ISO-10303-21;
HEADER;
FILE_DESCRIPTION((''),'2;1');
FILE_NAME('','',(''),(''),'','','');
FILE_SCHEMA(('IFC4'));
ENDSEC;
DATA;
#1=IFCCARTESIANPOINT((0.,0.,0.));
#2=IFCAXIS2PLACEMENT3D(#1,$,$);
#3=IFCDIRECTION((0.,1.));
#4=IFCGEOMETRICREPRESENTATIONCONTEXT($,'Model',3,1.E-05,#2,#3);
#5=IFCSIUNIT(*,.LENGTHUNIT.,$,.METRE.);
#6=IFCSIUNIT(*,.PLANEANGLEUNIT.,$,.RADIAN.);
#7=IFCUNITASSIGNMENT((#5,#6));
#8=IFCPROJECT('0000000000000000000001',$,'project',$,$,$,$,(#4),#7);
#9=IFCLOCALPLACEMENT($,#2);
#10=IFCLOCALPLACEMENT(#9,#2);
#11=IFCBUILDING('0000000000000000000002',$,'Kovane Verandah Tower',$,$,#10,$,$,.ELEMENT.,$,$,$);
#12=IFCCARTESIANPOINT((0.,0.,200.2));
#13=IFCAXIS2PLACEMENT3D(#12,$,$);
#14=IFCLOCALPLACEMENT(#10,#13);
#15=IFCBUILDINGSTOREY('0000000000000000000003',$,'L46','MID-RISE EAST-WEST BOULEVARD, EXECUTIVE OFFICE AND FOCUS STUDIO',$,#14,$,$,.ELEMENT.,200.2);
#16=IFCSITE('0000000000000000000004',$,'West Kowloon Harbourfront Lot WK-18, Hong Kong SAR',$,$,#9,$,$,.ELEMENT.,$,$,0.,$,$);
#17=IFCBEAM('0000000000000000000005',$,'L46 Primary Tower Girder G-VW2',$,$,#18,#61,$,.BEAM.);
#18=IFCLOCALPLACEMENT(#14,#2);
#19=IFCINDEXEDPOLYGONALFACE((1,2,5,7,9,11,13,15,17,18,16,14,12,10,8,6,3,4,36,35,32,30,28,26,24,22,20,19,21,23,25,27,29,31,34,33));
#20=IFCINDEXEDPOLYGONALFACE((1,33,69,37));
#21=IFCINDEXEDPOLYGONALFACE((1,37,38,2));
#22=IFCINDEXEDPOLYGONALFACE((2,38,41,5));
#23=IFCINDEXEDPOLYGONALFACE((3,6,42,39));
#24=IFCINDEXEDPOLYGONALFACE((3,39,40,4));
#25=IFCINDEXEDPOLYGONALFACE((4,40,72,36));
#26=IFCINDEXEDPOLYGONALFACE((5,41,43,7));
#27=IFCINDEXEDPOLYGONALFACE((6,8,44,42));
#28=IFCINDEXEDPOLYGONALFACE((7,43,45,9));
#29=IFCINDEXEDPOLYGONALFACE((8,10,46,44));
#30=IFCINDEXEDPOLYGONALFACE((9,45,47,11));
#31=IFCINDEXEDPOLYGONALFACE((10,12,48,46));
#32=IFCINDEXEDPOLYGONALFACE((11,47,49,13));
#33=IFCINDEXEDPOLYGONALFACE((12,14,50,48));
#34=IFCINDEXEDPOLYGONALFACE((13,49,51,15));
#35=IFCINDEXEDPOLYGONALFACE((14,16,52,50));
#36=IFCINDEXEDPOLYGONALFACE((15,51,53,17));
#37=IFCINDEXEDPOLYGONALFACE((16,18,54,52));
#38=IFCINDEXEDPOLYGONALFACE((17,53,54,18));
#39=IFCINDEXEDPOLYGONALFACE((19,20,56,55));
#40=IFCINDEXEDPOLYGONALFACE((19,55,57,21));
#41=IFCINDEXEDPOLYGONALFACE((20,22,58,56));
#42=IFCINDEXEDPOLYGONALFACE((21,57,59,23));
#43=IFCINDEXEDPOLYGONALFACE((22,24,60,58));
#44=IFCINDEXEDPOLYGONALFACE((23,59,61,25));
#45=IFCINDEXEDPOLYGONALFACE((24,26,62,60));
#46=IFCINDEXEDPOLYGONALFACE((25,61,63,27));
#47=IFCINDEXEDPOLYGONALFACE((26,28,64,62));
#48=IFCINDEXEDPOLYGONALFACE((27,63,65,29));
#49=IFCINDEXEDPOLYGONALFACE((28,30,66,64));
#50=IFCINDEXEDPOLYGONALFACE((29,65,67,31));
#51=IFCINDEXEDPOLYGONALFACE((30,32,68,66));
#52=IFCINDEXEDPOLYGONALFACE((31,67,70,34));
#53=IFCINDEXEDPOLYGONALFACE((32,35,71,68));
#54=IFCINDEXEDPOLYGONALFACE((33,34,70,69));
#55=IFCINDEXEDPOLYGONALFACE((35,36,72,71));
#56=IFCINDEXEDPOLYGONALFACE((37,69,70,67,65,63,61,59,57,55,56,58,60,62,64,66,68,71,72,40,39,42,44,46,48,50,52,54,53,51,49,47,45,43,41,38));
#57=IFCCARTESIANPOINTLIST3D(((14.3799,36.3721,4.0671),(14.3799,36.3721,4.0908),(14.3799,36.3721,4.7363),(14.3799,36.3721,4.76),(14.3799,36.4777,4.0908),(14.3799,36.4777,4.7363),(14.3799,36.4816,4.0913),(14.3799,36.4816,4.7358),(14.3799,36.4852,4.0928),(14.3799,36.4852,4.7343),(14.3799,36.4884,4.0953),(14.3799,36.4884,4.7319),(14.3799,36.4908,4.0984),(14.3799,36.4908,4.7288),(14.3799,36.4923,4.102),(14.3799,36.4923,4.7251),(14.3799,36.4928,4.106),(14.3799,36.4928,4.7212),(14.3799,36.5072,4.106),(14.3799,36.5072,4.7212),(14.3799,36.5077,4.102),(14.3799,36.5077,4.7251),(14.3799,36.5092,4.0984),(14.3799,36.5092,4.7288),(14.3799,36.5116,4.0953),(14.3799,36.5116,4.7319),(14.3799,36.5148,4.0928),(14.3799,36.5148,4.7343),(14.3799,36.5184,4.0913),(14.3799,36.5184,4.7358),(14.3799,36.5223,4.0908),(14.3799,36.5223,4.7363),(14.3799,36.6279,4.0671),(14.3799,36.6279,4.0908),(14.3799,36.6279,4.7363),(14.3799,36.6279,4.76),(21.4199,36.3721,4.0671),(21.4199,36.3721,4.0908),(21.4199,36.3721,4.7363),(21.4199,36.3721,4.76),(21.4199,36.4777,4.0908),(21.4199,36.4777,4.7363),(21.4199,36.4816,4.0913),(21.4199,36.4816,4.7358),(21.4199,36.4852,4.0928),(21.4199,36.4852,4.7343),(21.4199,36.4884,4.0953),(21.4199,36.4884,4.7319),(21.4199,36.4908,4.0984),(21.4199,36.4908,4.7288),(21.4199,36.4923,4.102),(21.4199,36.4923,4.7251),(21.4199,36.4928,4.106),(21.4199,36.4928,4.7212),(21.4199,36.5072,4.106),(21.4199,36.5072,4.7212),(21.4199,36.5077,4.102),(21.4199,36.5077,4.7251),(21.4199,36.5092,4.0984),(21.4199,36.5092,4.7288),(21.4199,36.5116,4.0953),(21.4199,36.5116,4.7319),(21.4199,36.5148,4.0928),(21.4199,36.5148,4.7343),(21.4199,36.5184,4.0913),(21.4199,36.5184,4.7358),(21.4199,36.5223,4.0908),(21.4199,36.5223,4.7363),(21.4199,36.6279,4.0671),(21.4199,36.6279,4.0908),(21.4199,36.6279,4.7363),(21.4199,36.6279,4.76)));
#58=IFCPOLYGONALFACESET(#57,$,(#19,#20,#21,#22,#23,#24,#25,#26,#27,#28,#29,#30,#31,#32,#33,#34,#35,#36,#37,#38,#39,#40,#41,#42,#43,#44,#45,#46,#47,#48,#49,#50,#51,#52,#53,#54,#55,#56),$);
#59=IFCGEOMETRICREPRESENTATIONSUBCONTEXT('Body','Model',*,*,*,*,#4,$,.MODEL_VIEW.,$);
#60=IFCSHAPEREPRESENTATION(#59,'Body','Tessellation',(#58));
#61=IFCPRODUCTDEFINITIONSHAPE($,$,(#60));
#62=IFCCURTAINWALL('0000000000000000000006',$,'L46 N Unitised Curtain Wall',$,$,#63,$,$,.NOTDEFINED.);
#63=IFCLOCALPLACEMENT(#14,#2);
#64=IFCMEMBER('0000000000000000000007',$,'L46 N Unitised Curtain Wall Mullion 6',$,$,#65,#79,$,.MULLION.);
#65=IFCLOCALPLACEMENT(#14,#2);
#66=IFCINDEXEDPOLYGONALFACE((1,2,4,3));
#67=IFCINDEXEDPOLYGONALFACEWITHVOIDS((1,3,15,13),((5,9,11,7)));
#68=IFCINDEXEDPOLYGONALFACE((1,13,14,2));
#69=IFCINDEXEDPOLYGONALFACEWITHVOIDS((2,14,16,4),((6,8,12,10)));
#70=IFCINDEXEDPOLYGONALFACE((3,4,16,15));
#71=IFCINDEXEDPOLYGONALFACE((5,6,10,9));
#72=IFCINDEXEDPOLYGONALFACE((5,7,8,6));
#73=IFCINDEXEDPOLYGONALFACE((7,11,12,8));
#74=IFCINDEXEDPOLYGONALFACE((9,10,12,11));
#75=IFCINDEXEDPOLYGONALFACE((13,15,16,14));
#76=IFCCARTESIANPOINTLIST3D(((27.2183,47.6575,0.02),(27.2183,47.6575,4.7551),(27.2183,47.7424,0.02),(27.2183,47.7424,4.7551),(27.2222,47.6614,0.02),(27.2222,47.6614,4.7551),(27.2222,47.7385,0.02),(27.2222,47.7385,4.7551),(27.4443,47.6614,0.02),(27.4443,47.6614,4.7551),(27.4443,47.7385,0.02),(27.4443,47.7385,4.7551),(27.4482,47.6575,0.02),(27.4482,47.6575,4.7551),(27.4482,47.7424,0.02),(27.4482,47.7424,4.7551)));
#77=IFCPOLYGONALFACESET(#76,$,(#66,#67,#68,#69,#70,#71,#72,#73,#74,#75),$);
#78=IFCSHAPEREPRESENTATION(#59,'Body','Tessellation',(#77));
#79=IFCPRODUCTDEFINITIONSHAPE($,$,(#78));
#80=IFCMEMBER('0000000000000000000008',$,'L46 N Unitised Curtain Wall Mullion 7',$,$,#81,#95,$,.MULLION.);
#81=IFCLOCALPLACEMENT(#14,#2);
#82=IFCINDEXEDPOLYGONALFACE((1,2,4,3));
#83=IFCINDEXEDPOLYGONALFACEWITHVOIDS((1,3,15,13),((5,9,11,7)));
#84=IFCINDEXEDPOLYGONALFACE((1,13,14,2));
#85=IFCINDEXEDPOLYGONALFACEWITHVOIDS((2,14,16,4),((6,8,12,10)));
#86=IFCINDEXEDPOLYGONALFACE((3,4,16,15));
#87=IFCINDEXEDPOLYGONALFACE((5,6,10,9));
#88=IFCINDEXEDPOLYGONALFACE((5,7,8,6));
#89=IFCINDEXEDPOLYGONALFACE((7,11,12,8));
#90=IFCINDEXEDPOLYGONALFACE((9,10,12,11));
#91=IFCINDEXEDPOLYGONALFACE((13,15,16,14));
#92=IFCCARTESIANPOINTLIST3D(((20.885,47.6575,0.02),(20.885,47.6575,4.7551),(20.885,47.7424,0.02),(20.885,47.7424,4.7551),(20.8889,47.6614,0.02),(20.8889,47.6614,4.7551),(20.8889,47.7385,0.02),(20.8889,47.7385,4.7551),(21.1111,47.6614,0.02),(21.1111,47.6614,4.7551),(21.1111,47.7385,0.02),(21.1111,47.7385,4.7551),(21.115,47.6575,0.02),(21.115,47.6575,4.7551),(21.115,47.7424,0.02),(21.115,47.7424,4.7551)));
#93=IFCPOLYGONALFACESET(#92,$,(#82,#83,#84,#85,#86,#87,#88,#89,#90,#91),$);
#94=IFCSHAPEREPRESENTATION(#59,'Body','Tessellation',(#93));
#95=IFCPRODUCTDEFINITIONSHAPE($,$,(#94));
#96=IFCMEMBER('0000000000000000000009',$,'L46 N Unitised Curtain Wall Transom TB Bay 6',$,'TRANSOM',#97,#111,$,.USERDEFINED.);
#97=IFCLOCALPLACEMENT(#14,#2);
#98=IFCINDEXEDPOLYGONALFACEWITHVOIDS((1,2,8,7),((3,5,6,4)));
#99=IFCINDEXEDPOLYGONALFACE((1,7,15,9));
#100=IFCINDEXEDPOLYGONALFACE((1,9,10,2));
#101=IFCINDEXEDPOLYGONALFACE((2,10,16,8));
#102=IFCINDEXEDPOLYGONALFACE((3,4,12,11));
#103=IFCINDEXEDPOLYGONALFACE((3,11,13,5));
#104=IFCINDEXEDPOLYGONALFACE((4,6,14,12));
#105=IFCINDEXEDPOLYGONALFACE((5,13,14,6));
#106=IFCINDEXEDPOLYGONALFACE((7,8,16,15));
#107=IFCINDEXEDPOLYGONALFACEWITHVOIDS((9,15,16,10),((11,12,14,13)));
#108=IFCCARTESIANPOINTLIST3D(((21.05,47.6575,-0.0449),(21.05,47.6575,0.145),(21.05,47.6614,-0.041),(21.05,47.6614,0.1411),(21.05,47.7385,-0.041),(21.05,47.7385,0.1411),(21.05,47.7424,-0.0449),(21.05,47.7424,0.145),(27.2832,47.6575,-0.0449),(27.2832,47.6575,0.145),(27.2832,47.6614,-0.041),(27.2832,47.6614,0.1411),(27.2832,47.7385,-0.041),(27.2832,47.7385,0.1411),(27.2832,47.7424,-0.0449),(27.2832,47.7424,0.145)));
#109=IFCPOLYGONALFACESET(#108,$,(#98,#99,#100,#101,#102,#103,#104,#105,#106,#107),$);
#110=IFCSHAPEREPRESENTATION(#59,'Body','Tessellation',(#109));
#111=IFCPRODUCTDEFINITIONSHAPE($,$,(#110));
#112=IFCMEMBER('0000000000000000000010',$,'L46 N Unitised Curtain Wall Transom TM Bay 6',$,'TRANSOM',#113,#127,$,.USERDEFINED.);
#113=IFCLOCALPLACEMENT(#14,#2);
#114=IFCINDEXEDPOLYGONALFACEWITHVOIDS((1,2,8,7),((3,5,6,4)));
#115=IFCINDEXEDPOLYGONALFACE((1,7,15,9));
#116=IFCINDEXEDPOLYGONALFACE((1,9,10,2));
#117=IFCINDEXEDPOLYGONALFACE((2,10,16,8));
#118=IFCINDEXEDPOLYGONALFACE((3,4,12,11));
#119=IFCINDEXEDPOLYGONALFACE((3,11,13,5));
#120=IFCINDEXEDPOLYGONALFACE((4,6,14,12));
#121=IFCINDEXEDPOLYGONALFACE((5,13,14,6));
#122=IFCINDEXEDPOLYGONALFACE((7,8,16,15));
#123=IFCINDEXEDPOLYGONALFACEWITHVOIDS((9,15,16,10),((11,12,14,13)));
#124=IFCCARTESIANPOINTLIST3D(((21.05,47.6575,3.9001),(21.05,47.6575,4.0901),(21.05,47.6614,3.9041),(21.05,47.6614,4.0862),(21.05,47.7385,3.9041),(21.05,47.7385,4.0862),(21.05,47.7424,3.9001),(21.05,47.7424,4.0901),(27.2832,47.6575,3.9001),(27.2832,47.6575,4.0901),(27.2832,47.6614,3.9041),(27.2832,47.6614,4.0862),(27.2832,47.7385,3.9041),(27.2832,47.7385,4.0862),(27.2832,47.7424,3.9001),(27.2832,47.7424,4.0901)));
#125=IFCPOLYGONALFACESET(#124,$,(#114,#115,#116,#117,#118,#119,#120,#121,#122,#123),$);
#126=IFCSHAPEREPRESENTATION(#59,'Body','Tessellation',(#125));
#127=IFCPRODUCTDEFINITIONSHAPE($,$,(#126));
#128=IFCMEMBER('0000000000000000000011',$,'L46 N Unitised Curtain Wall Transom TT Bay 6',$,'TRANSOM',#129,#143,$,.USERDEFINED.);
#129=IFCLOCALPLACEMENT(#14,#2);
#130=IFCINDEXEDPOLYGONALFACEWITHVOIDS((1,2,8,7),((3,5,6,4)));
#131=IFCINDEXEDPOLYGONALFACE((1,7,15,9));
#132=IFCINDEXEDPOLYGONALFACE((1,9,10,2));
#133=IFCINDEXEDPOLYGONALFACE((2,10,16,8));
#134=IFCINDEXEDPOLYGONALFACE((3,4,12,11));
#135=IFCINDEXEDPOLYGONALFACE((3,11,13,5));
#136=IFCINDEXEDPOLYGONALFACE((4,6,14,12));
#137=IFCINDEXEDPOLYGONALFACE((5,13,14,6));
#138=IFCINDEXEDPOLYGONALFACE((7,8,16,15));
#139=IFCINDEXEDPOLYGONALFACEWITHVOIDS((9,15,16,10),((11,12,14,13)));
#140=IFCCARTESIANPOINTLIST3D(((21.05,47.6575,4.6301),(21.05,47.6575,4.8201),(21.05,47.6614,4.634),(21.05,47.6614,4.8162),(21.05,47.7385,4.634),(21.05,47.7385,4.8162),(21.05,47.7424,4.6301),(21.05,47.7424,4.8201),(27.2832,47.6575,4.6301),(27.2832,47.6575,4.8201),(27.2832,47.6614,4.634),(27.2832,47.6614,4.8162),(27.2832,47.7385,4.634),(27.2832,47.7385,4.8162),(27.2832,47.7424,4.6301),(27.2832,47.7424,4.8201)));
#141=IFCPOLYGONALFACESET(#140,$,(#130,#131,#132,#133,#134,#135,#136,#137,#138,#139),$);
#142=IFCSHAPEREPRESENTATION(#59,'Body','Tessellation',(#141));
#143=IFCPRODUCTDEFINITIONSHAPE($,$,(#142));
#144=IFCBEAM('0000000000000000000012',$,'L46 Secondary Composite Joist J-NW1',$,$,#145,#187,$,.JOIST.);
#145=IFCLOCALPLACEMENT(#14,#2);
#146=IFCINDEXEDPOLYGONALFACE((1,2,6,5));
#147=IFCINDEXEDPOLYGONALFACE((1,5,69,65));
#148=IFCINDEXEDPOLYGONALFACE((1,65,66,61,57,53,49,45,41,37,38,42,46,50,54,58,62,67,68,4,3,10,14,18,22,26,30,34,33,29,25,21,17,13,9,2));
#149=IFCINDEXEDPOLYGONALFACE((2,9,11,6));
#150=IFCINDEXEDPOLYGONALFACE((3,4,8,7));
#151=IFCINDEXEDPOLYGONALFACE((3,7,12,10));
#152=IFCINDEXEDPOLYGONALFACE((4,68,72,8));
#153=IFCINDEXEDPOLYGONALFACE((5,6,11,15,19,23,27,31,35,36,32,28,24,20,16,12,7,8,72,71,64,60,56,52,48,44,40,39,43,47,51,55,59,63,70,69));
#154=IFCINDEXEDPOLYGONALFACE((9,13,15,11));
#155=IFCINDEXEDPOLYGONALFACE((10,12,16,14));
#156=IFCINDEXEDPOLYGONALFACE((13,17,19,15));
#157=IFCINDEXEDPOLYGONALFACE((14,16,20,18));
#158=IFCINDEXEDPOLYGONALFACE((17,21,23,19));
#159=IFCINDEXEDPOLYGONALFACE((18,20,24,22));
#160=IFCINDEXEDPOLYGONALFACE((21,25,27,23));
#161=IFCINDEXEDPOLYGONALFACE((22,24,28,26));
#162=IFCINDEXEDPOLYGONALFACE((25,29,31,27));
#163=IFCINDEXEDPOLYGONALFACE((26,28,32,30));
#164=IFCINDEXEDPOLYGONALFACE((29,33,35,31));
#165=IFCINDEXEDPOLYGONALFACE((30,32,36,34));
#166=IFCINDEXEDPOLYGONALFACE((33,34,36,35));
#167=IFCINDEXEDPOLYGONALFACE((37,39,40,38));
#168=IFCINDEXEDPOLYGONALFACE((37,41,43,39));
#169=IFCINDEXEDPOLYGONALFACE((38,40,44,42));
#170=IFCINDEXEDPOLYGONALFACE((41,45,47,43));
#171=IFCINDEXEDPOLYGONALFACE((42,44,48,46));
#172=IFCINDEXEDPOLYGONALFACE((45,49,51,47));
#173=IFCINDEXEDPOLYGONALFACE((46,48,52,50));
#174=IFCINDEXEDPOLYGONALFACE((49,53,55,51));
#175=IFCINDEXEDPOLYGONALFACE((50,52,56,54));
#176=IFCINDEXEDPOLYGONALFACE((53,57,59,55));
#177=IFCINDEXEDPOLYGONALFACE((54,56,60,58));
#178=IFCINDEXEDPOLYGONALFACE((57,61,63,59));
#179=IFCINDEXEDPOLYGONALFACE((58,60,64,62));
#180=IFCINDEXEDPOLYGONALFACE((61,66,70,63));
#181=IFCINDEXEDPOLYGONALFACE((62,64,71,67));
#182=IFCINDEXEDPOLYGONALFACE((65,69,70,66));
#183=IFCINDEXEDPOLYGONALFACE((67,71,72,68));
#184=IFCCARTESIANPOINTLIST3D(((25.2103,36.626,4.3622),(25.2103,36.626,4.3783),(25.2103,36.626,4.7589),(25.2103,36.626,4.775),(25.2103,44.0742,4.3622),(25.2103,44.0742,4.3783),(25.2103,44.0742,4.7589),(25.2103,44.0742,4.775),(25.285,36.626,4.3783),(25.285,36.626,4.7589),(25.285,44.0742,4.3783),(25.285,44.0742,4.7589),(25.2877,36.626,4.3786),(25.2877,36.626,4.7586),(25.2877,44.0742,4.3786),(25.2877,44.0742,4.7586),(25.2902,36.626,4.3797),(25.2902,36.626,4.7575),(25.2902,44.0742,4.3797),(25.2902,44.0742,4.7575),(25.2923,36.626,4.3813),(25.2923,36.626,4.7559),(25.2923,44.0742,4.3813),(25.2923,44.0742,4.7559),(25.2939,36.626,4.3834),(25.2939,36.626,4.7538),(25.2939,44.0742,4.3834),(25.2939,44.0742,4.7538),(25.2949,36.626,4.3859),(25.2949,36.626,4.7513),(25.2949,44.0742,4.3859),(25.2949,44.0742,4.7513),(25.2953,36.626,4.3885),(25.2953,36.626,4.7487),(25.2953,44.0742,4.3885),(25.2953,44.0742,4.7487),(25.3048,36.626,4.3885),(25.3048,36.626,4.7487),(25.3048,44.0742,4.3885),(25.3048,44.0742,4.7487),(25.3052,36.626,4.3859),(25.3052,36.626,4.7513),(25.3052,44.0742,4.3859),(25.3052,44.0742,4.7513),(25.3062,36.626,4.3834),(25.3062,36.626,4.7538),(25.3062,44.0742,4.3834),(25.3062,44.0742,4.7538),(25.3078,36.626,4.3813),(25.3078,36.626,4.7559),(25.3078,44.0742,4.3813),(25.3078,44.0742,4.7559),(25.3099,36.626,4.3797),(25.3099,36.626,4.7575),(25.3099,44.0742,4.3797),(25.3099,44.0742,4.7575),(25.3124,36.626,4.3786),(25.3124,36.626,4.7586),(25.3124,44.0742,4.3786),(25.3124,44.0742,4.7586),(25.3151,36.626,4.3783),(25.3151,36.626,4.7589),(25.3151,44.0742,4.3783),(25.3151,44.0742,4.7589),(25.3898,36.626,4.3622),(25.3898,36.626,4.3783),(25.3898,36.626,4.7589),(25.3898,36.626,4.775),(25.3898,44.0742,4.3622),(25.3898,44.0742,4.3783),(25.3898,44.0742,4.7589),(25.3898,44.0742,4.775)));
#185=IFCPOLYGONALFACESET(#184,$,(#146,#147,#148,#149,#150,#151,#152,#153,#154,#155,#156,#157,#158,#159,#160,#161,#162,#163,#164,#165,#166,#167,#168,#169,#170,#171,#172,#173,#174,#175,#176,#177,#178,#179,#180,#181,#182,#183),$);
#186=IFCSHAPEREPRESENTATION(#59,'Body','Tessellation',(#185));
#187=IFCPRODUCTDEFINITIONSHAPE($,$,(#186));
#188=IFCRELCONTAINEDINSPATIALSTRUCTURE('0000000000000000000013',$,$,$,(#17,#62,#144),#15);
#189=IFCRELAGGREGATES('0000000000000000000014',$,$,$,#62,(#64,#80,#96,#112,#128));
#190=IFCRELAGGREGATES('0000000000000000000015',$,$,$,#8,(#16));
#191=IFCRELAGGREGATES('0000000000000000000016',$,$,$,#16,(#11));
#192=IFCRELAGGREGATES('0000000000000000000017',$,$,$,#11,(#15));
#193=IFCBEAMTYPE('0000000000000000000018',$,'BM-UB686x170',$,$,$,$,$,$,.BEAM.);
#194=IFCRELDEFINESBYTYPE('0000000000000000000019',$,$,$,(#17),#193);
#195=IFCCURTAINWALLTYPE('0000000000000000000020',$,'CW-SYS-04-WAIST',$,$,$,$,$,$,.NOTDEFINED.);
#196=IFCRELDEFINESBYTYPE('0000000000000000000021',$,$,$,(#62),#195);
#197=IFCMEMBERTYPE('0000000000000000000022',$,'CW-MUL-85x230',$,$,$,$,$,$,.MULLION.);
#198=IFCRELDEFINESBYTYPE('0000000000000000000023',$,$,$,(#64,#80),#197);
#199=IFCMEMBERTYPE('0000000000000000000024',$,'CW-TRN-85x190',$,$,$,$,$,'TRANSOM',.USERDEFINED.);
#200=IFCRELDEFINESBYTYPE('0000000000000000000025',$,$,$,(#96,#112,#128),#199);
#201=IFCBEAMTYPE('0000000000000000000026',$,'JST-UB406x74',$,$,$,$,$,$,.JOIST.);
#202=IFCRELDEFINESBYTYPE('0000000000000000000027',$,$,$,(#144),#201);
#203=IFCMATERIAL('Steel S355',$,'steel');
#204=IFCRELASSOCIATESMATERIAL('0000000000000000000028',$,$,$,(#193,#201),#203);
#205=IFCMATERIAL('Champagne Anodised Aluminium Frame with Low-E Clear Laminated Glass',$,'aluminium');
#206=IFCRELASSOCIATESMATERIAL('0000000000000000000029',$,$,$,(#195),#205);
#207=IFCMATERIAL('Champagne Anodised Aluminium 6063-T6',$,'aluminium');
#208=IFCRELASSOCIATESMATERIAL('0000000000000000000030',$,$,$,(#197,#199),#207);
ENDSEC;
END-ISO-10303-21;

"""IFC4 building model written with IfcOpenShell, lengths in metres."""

from ifc_helpers import new_model, si_unit, direction, frame, origin, origin_2d, place, context, subcontext, project, spatial, hollow_rectangle, i_section, extrude, material, material_profile, profile_set, type_object, element, aggregate, save


model = new_model("IFC4")

# Units and contexts
model_context = context("Model", 3, precision=1e-05, world=origin(), true_north=direction((0.0, 1.0)))
body_context = subcontext(model_context, "Body", "Model", "MODEL_VIEW")
ifc_project = project(units=[si_unit("LENGTHUNIT", "METRE"), si_unit("PLANEANGLEUNIT", "RADIAN")], contexts=[model_context])

# Site, building, storey
site_placement = place(None, origin())
site = spatial("IfcSite", under=ifc_project, at=site_placement, Name="West Kowloon Harbourfront Lot WK-18, Hong Kong SAR", CompositionType="ELEMENT", RefElevation=0.0)
building_placement = place(site_placement, origin())
building = spatial("IfcBuilding", under=site, at=building_placement, Name="Kovane Verandah Tower", CompositionType="ELEMENT")
storey_placement = place(building_placement, frame((0.0, 0.0, 200.2)))
storey = spatial("IfcBuildingStorey", under=building, at=storey_placement, Name="L46", Description="MID-RISE EAST-WEST BOULEVARD, EXECUTIVE OFFICE AND FOCUS STUDIO", CompositionType="ELEMENT", Elevation=200.2)

# Beam
ifc_material_1 = material(Name="Steel S355", Category="steel")
ifc_material_profile_1 = material_profile(ifc_material_1, i_section(OverallWidth=0.2559, OverallDepth=0.6929, WebThickness=0.0144, FlangeThickness=0.0237, FilletRadius=0.0151, at=origin_2d()), Name="UB686x254x170")
ifc_profile_set_1 = profile_set([ifc_material_profile_1], Name="Steel S355")
beam_type_1 = type_object("IfcBeamType", Name="BM-UB686x170", PredefinedType="BEAM", material=ifc_profile_set_1)
beam_1_placement = place(storey_placement, frame((21.4199, 36.5, 4.4136), z_axis=(-1.0, 0.0, 0.0), x_axis=(0.0, -1.0, 0.0)))
element("IfcBeam", 1, at=beam_1_placement, inside=storey, type_object=beam_type_1, Name="L46 Primary Tower Girder G-VW2", PredefinedType="BEAM", context=body_context, shape_type="SweptSolid", body=[
    extrude(i_section(OverallWidth=0.2559, OverallDepth=0.6929, WebThickness=0.0144, FlangeThickness=0.0237, FilletRadius=0.0151, at=origin_2d()), origin(), (0.0, 0.0, 1.0), 7.04),
])

# Curtain wall, members
ifc_material_2 = material(Name="Champagne Anodised Aluminium Frame with Low-E Clear Laminated Glass", Category="aluminium")
curtain_wall_type = type_object("IfcCurtainWallType", Name="CW-SYS-04-WAIST", PredefinedType="NOTDEFINED", material=ifc_material_2)
curtain_wall_placement = place(storey_placement, origin())
curtain_wall = element("IfcCurtainWall", 2, at=curtain_wall_placement, inside=storey, type_object=curtain_wall_type, Name="L46 N Unitised Curtain Wall", PredefinedType="NOTDEFINED")
ifc_material_3 = material(Name="Champagne Anodised Aluminium 6063-T6", Category="aluminium")
ifc_material_profile_2 = material_profile(ifc_material_3, hollow_rectangle(XDim=0.085, YDim=0.23, WallThickness=0.0039, at=origin_2d()), Name="AL85x230x4")
ifc_profile_set_2 = profile_set([ifc_material_profile_2], Name="Champagne Anodised Aluminium 6063-T6")
member_type_1 = type_object("IfcMemberType", Name="CW-MUL-85x230", PredefinedType="MULLION", material=ifc_profile_set_2)
member_1_placement = place(storey_placement, frame((27.3333, 47.7, 0.02), z_axis=(0.0, 0.0, 1.0), x_axis=(0.0, 1.0, 0.0)))
member_1 = element("IfcMember", 3, at=member_1_placement, type_object=member_type_1, Name="L46 N Unitised Curtain Wall Mullion 6", PredefinedType="MULLION", context=body_context, shape_type="SweptSolid", body=[
    extrude(hollow_rectangle(XDim=0.085, YDim=0.23, WallThickness=0.0039, at=origin_2d()), origin(), (0.0, 0.0, 1.0), 4.7351),
])
member_2_placement = place(storey_placement, frame((21.0, 47.7, 0.02), z_axis=(0.0, 0.0, 1.0), x_axis=(0.0, 1.0, 0.0)))
member_2 = element("IfcMember", 4, at=member_2_placement, type_object=member_type_1, Name="L46 N Unitised Curtain Wall Mullion 7", PredefinedType="MULLION", context=body_context, shape_type="SweptSolid", body=[
    extrude(hollow_rectangle(XDim=0.085, YDim=0.23, WallThickness=0.0039, at=origin_2d()), origin(), (0.0, 0.0, 1.0), 4.7351),
])
ifc_material_profile_3 = material_profile(ifc_material_3, hollow_rectangle(XDim=0.085, YDim=0.1899, WallThickness=0.0039, at=origin_2d()), Name="AL85x190x4")
ifc_profile_set_3 = profile_set([ifc_material_profile_3], Name="Champagne Anodised Aluminium 6063-T6")
member_type_2 = type_object("IfcMemberType", Name="CW-TRN-85x190", ElementType="TRANSOM", PredefinedType="USERDEFINED", material=ifc_profile_set_3)
member_3_placement = place(storey_placement, frame((27.2832, 47.7, 0.05), z_axis=(-1.0, 0.0, 0.0), x_axis=(0.0, -1.0, 0.0)))
member_3 = element("IfcMember", 5, at=member_3_placement, type_object=member_type_2, Name="L46 N Unitised Curtain Wall Transom TB Bay 6", ObjectType="TRANSOM", PredefinedType="USERDEFINED", context=body_context, shape_type="SweptSolid", body=[
    extrude(hollow_rectangle(XDim=0.085, YDim=0.1899, WallThickness=0.0039, at=origin_2d()), origin(), (0.0, 0.0, 1.0), 6.2332),
])
member_4_placement = place(storey_placement, frame((27.2832, 47.7, 3.9951), z_axis=(-1.0, 0.0, 0.0), x_axis=(0.0, -1.0, 0.0)))
member_4 = element("IfcMember", 6, at=member_4_placement, type_object=member_type_2, Name="L46 N Unitised Curtain Wall Transom TM Bay 6", ObjectType="TRANSOM", PredefinedType="USERDEFINED", context=body_context, shape_type="SweptSolid", body=[
    extrude(hollow_rectangle(XDim=0.085, YDim=0.1899, WallThickness=0.0039, at=origin_2d()), origin(), (0.0, 0.0, 1.0), 6.2332),
])
member_5_placement = place(storey_placement, frame((27.2832, 47.7, 4.7251), z_axis=(-1.0, 0.0, 0.0), x_axis=(0.0, -1.0, 0.0)))
member_5 = element("IfcMember", 7, at=member_5_placement, type_object=member_type_2, Name="L46 N Unitised Curtain Wall Transom TT Bay 6", ObjectType="TRANSOM", PredefinedType="USERDEFINED", context=body_context, shape_type="SweptSolid", body=[
    extrude(hollow_rectangle(XDim=0.085, YDim=0.1899, WallThickness=0.0039, at=origin_2d()), origin(), (0.0, 0.0, 1.0), 6.2332),
])

# Beam
ifc_material_profile_4 = material_profile(ifc_material_1, i_section(OverallWidth=0.1794, OverallDepth=0.4128, WebThickness=0.0095, FlangeThickness=0.0161, FilletRadius=0.0103, at=origin_2d()), Name="UB406x178x74")
ifc_profile_set_4 = profile_set([ifc_material_profile_4], Name="Steel S355")
beam_type_2 = type_object("IfcBeamType", Name="JST-UB406x74", PredefinedType="JOIST", material=ifc_profile_set_4)
beam_2_placement = place(storey_placement, frame((25.3, 36.626, 4.5686), z_axis=(0.0, 1.0, 0.0), x_axis=(-1.0, 0.0, 0.0)))
element("IfcBeam", 8, at=beam_2_placement, inside=storey, type_object=beam_type_2, Name="L46 Secondary Composite Joist J-NW1", PredefinedType="JOIST", context=body_context, shape_type="SweptSolid", body=[
    extrude(i_section(OverallWidth=0.1794, OverallDepth=0.4128, WebThickness=0.0095, FlangeThickness=0.0161, FilletRadius=0.0103, at=origin_2d()), origin(), (0.0, 0.0, 1.0), 7.4482),
])

aggregate(curtain_wall, [member_1, member_2, member_3, member_4, member_5])

save(model, "model.ifc")
